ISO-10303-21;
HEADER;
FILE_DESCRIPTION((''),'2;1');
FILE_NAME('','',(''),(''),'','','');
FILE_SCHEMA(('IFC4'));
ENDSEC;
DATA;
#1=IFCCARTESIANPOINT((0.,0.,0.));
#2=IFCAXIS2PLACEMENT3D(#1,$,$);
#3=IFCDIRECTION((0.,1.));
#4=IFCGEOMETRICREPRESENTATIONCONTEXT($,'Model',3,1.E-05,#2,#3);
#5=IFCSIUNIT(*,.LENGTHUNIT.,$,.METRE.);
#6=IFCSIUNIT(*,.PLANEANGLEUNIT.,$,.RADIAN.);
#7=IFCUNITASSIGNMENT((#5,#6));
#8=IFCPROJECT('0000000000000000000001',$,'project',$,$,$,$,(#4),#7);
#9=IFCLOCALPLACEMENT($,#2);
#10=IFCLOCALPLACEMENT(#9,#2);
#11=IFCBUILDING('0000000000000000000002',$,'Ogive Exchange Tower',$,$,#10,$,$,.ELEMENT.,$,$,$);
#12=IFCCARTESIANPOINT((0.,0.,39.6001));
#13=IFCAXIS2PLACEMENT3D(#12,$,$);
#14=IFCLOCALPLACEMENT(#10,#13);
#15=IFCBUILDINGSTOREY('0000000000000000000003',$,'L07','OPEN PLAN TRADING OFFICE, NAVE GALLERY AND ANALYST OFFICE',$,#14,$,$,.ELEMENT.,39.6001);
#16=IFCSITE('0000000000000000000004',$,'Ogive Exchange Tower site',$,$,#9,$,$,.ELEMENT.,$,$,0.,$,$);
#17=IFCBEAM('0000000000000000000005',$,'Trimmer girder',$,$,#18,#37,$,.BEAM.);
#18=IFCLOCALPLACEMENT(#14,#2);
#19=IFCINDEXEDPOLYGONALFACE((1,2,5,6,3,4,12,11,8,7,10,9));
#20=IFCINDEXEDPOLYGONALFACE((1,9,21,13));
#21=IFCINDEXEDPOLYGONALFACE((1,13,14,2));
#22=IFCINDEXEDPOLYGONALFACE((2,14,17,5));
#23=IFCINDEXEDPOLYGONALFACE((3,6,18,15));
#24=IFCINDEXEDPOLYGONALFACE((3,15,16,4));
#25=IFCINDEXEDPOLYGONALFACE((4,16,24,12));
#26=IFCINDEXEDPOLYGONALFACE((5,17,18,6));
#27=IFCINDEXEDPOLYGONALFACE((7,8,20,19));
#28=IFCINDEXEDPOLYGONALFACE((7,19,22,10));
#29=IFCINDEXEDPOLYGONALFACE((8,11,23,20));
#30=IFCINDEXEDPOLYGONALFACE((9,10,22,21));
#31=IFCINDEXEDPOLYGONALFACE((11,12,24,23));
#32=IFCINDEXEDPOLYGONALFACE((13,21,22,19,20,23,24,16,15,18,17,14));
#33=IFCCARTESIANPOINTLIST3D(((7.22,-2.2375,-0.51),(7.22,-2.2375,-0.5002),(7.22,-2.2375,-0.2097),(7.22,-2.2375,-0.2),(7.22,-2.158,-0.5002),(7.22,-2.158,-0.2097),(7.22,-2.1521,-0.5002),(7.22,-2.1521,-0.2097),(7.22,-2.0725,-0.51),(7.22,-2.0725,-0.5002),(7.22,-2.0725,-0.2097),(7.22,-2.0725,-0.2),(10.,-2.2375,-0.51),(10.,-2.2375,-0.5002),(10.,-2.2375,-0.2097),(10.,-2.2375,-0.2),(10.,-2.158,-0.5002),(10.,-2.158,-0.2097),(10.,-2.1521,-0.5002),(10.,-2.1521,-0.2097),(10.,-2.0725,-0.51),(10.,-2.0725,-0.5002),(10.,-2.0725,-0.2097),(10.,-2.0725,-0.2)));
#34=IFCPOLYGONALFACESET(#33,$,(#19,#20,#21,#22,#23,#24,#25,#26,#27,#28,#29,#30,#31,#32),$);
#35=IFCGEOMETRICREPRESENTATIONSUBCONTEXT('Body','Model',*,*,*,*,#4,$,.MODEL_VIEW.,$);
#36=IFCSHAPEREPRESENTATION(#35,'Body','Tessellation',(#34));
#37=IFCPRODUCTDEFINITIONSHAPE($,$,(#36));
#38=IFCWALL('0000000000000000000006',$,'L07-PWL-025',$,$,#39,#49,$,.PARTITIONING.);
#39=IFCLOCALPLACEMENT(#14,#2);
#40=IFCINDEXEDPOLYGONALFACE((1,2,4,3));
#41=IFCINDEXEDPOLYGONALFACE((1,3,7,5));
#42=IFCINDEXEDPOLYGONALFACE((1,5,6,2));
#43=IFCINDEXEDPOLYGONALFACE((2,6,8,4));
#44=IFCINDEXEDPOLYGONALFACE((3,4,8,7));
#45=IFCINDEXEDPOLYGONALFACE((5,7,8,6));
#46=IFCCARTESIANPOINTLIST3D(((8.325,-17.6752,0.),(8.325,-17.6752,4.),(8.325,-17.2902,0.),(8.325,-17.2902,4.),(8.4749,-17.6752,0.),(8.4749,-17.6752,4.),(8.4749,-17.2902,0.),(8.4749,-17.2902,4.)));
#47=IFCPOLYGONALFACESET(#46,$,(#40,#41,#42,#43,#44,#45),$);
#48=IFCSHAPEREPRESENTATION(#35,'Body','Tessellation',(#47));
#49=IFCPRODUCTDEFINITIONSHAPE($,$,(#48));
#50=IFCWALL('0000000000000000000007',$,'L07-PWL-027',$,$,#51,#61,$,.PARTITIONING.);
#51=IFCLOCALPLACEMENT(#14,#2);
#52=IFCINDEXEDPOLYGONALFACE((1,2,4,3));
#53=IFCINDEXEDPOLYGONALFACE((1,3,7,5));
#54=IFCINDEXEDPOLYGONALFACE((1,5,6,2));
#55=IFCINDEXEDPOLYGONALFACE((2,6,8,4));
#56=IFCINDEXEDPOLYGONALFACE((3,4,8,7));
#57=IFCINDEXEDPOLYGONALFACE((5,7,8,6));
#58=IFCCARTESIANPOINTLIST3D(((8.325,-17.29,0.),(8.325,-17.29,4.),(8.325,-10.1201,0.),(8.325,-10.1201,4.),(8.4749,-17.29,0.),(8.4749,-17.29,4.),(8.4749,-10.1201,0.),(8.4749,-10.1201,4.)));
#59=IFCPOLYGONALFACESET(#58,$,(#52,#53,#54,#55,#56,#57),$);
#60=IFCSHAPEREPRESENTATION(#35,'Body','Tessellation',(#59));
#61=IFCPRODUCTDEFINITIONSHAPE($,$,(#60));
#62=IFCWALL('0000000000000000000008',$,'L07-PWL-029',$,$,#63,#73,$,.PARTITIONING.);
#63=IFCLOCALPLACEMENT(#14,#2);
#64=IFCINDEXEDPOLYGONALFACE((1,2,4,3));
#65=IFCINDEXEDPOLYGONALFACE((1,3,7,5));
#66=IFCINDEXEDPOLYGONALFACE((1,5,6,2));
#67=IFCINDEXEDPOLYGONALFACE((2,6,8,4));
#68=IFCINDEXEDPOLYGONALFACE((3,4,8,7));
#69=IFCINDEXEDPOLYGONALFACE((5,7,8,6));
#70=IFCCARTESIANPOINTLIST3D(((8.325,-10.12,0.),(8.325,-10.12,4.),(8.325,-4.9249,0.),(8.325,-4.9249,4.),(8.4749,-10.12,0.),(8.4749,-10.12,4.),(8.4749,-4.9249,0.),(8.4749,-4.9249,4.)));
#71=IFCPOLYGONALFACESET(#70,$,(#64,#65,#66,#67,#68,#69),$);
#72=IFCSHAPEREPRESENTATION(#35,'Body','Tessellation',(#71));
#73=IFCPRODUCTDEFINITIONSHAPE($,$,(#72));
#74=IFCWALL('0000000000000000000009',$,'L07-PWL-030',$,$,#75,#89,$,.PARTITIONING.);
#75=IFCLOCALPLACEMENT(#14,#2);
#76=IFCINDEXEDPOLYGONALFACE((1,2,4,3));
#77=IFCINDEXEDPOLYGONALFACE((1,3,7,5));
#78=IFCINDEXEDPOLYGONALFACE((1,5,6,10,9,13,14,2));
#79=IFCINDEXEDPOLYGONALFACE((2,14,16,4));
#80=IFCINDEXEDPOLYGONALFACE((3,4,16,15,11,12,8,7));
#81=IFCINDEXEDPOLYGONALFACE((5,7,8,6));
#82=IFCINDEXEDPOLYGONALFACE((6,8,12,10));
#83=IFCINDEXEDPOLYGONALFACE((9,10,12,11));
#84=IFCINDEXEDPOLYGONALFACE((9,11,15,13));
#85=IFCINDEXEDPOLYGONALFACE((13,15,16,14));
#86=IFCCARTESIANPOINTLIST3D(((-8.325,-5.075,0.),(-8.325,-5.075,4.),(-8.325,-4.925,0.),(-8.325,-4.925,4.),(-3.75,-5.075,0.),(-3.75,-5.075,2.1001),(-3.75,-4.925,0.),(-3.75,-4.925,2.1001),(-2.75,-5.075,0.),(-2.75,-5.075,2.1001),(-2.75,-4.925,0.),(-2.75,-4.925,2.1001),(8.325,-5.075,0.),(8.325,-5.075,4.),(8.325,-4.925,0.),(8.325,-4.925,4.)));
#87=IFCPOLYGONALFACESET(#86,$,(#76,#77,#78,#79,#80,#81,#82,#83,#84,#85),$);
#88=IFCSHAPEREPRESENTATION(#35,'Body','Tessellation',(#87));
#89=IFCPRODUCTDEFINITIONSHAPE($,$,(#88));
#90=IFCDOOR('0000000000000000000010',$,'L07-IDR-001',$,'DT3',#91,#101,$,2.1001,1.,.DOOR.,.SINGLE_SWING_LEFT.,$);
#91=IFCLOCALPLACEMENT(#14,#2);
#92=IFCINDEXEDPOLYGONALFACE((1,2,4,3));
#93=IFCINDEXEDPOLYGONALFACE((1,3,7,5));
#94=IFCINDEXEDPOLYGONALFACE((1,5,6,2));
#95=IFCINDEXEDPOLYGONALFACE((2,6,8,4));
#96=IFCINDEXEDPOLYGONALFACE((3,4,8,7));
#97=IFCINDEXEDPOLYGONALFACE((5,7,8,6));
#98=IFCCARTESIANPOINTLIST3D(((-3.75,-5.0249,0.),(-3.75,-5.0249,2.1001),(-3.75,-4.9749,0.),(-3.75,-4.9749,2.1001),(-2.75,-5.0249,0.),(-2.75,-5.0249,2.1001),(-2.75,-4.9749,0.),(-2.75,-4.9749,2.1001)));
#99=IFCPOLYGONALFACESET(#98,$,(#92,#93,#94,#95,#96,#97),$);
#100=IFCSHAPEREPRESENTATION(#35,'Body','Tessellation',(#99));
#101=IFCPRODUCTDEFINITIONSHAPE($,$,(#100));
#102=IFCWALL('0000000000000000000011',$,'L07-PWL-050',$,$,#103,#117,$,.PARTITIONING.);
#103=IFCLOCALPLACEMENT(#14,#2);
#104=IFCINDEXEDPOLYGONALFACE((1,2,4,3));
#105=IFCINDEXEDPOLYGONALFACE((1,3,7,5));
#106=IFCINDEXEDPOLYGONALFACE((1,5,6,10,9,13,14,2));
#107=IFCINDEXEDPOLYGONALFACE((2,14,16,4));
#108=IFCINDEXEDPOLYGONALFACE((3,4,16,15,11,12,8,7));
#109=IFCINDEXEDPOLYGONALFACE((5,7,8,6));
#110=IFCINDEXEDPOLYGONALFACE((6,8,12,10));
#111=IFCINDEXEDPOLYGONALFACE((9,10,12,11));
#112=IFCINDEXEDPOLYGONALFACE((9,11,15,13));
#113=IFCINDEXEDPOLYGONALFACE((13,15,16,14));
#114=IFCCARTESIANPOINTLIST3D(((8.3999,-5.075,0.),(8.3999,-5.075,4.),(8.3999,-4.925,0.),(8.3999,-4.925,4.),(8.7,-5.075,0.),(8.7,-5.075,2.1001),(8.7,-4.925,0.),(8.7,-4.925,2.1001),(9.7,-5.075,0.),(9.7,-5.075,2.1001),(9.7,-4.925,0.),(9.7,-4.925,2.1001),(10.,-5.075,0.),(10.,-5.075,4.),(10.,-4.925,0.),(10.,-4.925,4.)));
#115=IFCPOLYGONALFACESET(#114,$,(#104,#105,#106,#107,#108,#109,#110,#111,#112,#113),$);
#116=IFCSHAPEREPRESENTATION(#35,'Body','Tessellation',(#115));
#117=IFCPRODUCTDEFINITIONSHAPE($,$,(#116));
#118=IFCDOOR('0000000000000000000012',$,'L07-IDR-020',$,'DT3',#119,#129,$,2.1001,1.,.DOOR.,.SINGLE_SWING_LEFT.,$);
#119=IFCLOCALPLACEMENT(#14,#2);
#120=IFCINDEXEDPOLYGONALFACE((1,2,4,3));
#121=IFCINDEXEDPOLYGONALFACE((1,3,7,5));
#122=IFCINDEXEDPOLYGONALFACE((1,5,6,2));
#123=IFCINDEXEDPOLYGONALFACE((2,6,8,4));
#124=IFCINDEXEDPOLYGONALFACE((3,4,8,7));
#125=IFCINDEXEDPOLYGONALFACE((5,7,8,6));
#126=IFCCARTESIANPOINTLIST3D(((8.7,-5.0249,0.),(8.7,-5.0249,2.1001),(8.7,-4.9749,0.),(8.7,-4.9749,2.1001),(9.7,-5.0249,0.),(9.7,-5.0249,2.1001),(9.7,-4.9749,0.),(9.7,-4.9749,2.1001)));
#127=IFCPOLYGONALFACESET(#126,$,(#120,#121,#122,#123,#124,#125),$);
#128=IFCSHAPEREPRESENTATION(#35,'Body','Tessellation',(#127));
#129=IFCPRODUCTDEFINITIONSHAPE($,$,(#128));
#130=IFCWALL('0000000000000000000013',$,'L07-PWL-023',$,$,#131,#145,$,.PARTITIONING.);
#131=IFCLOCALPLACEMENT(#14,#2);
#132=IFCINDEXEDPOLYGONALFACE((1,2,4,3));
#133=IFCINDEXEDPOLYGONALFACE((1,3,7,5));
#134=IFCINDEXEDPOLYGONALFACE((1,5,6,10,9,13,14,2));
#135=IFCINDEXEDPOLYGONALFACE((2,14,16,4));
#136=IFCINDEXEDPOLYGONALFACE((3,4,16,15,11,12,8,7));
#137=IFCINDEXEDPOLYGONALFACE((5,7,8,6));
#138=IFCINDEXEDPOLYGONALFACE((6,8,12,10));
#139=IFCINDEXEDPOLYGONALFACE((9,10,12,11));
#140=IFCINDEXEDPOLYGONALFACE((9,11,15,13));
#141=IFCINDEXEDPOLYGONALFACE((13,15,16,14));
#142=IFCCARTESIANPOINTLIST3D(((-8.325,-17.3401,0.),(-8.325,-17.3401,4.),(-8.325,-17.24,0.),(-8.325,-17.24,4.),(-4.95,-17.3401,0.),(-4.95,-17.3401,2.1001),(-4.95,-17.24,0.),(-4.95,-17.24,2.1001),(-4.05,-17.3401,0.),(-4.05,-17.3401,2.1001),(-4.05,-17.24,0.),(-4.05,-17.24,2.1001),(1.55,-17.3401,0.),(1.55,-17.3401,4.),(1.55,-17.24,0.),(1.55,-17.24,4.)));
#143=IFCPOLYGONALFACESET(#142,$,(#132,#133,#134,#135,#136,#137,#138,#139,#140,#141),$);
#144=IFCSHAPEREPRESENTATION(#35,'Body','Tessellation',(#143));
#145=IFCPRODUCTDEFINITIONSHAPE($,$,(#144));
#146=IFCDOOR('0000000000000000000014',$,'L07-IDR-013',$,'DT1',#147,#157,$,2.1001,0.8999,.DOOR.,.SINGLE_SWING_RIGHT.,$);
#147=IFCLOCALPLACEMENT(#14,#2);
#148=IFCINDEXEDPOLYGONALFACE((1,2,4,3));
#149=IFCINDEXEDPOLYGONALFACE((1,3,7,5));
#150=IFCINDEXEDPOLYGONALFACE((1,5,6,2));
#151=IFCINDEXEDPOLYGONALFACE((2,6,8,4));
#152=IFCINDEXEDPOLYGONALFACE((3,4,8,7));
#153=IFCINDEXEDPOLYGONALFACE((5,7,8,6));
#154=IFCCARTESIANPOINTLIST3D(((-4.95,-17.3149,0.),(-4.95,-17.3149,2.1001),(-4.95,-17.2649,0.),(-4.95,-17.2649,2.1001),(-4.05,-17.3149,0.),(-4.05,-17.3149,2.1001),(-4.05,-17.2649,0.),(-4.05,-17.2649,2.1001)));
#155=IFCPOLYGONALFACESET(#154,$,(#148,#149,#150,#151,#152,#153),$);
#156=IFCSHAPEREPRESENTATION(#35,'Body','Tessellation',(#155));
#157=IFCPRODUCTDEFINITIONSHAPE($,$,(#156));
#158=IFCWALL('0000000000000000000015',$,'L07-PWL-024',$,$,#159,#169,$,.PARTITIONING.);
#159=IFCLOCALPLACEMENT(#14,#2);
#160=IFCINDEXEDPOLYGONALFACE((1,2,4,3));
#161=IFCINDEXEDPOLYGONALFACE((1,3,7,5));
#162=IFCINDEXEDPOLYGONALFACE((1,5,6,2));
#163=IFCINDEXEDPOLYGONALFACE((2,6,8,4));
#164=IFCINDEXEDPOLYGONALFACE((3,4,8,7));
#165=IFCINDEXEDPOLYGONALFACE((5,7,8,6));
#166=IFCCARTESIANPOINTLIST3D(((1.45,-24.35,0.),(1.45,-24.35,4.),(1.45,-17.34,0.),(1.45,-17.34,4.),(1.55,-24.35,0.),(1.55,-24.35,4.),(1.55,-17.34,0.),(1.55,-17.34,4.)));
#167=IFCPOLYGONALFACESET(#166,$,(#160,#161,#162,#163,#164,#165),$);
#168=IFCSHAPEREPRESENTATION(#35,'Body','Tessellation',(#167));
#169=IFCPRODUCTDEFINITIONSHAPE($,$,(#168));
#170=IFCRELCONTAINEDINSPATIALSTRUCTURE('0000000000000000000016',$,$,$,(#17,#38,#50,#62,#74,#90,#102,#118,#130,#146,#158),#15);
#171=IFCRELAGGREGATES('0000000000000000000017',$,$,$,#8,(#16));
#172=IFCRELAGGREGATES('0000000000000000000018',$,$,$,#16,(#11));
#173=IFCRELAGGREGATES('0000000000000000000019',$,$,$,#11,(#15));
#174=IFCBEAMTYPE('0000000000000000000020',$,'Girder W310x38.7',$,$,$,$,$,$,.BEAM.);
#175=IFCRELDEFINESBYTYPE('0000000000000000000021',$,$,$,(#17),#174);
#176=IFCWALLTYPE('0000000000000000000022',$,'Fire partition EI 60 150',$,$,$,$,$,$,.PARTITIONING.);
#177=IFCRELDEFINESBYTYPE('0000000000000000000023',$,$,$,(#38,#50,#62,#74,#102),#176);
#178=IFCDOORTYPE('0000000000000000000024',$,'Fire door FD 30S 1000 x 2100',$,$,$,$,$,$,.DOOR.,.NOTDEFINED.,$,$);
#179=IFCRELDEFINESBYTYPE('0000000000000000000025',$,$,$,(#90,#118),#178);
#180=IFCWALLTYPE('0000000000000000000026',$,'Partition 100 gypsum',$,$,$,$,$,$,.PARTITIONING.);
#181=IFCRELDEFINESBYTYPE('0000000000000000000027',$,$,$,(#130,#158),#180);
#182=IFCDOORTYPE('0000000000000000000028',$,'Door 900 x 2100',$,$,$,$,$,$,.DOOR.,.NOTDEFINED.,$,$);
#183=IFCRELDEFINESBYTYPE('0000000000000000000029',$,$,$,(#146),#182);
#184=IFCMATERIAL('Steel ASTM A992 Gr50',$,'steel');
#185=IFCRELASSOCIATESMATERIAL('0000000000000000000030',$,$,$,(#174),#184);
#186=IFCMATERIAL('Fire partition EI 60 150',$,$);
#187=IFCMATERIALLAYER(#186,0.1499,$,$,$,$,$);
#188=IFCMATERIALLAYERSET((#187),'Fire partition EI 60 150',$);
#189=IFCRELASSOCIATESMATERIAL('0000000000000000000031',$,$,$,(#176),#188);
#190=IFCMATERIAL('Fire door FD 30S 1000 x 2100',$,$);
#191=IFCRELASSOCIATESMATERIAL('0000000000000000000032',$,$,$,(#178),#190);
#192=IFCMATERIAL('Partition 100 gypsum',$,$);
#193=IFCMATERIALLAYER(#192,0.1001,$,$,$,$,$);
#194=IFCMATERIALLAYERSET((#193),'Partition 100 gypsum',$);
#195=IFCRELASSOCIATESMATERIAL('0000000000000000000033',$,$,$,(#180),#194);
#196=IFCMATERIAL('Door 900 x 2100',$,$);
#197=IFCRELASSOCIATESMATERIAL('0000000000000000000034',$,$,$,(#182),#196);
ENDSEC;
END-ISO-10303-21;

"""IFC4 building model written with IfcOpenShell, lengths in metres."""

from ifc_helpers import new_model, si_unit, direction, frame, frame_2d, origin, origin_2d, place, context, subcontext, project, spatial, rectangle, i_section, extrude, material, layer, layer_set, material_profile, profile_set, type_object, element, fill, save


model = new_model("IFC4")

# Units and contexts
model_context = context("Model", 3, precision=1e-05, world=origin(), true_north=direction((0.0, 1.0)))
body_context = subcontext(model_context, "Body", "Model", "MODEL_VIEW")
ifc_project = project(units=[si_unit("LENGTHUNIT", "METRE"), si_unit("PLANEANGLEUNIT", "RADIAN")], contexts=[model_context])

# Site, building, storey
site_placement = place(None, origin())
site = spatial("IfcSite", under=ifc_project, at=site_placement, Name="Ogive Exchange Tower site", CompositionType="ELEMENT", RefElevation=0.0)
building_placement = place(site_placement, origin())
building = spatial("IfcBuilding", under=site, at=building_placement, Name="Ogive Exchange Tower", CompositionType="ELEMENT")
storey_placement = place(building_placement, frame((0.0, 0.0, 39.6001)))
storey = spatial("IfcBuildingStorey", under=building, at=storey_placement, Name="L07", Description="OPEN PLAN TRADING OFFICE, NAVE GALLERY AND ANALYST OFFICE", CompositionType="ELEMENT", Elevation=39.6001)

# Beam
ifc_material_1 = material(Name="Steel ASTM A992 Gr50", Category="steel")
ifc_material_profile = material_profile(ifc_material_1, i_section(OverallWidth=0.165, OverallDepth=0.3101, WebThickness=0.0059, FlangeThickness=0.0098, at=origin_2d()), Name="W310x38.7")
ifc_profile_set = profile_set([ifc_material_profile], Name="Steel ASTM A992 Gr50")
beam_type = type_object("IfcBeamType", Name="Girder W310x38.7", PredefinedType="BEAM", material=ifc_profile_set)
beam_placement = place(storey_placement, frame((7.22, -2.155, -0.355), z_axis=(1.0, 0.0, 0.0), x_axis=(0.0, 1.0, 0.0)))
element("IfcBeam", 1, at=beam_placement, inside=storey, type_object=beam_type, Name="Trimmer girder", PredefinedType="BEAM", context=body_context, shape_type="SweptSolid", body=[
    extrude(i_section(OverallWidth=0.165, OverallDepth=0.3101, WebThickness=0.0059, FlangeThickness=0.0098, at=origin_2d()), origin(), (0.0, 0.0, 1.0), 2.78),
])

# Walls
ifc_material_2 = material(Name="Fire partition EI 60 150")
ifc_layer_1 = layer(ifc_material_2, 0.1499)
ifc_layer_set_1 = layer_set([ifc_layer_1], Name="Fire partition EI 60 150")
wall_type_1 = type_object("IfcWallType", Name="Fire partition EI 60 150", PredefinedType="PARTITIONING", material=ifc_layer_set_1)
wall_1_placement = place(storey_placement, frame((8.3999, -17.675, 0.0), z_axis=(0.0, 0.0, 1.0), x_axis=(0.0, 1.0, 0.0)))
element("IfcWall", 2, at=wall_1_placement, inside=storey, type_object=wall_type_1, Name="L07-PWL-025", PredefinedType="PARTITIONING", context=body_context, shape_type="SweptSolid", body=[
    extrude(rectangle(XDim=0.385, YDim=0.1499, at=frame_2d((0.1924, 0.0))), origin(), (0.0, 0.0, 1.0), 4.0),
])
wall_2_placement = place(storey_placement, frame((8.3999, -17.29, 0.0), z_axis=(0.0, 0.0, 1.0), x_axis=(0.0, 1.0, 0.0)))
element("IfcWall", 3, at=wall_2_placement, inside=storey, type_object=wall_type_1, Name="L07-PWL-027", PredefinedType="PARTITIONING", context=body_context, shape_type="SweptSolid", body=[
    extrude(rectangle(XDim=7.1699, YDim=0.1499, at=frame_2d((3.585, 0.0))), origin(), (0.0, 0.0, 1.0), 4.0),
])
wall_3_placement = place(storey_placement, frame((8.3999, -10.1201, 0.0), z_axis=(0.0, 0.0, 1.0), x_axis=(0.0, 1.0, 0.0)))
element("IfcWall", 4, at=wall_3_placement, inside=storey, type_object=wall_type_1, Name="L07-PWL-029", PredefinedType="PARTITIONING", context=body_context, shape_type="SweptSolid", body=[
    extrude(rectangle(XDim=5.1951, YDim=0.1499, at=frame_2d((2.5977, 0.0))), origin(), (0.0, 0.0, 1.0), 4.0),
])

# Walls, openings, doors
wall_4_placement = place(storey_placement, frame((8.325, -5.0, 0.0), z_axis=(0.0, 0.0, 1.0), x_axis=(-1.0, 0.0, 0.0)))
wall_4 = element("IfcWall", 5, at=wall_4_placement, inside=storey, type_object=wall_type_1, Name="L07-PWL-030", PredefinedType="PARTITIONING", context=body_context, shape_type="SweptSolid", body=[
    extrude(rectangle(XDim=16.6499, YDim=0.1499, at=frame_2d((8.325, 0.0))), origin(), (0.0, 0.0, 1.0), 4.0),
])
opening_1_placement = place(wall_4_placement, frame((11.075, 0.0, 0.0)))
opening_1 = element("IfcOpeningElement", 6, at=opening_1_placement, cuts=wall_4, PredefinedType="OPENING", context=body_context, shape_type="SweptSolid", body=[
    extrude(rectangle(XDim=1.0, YDim=2.1001, at=frame_2d((0.5, 1.05))), frame((0.0, 0.085, 0.0), z_axis=(0.0, -1.0, 0.0), x_axis=(1.0, 0.0, 0.0)), (0.0, 0.0, 1.0), 0.1699),
])
ifc_material_3 = material(Name="Fire door FD 30S 1000 x 2100")
door_type_1 = type_object("IfcDoorType", Name="Fire door FD 30S 1000 x 2100", OperationType="NOTDEFINED", PredefinedType="DOOR", material=ifc_material_3)
door_1_placement = place(opening_1_placement, origin())
door_1 = element("IfcDoor", 7, at=door_1_placement, inside=storey, type_object=door_type_1, Name="L07-IDR-001", ObjectType="DT3", OperationType="SINGLE_SWING_LEFT", OverallHeight=2.1001, OverallWidth=1.0, PredefinedType="DOOR", context=body_context, shape_type="SweptSolid", body=[
    extrude(rectangle(XDim=1.0, YDim=2.1001, at=frame_2d((0.5, 1.05))), frame((0.0, 0.0249, 0.0), z_axis=(0.0, -1.0, 0.0), x_axis=(1.0, 0.0, 0.0)), (0.0, 0.0, 1.0), 0.05),
])
fill(opening_1, door_1)
wall_5_placement = place(storey_placement, frame((10.0, -5.0, 0.0), z_axis=(0.0, 0.0, 1.0), x_axis=(-1.0, 0.0, 0.0)))
wall_5 = element("IfcWall", 8, at=wall_5_placement, inside=storey, type_object=wall_type_1, Name="L07-PWL-050", PredefinedType="PARTITIONING", context=body_context, shape_type="SweptSolid", body=[
    extrude(rectangle(XDim=1.6001, YDim=0.1499, at=frame_2d((0.8, 0.0))), origin(), (0.0, 0.0, 1.0), 4.0),
])
opening_2_placement = place(wall_5_placement, frame((0.3, 0.0, 0.0)))
opening_2 = element("IfcOpeningElement", 9, at=opening_2_placement, cuts=wall_5, PredefinedType="OPENING", context=body_context, shape_type="SweptSolid", body=[
    extrude(rectangle(XDim=1.0, YDim=2.1001, at=frame_2d((0.5, 1.05))), frame((0.0, 0.085, 0.0), z_axis=(0.0, -1.0, 0.0), x_axis=(1.0, 0.0, 0.0)), (0.0, 0.0, 1.0), 0.1699),
])
door_2_placement = place(opening_2_placement, origin())
door_2 = element("IfcDoor", 10, at=door_2_placement, inside=storey, type_object=door_type_1, Name="L07-IDR-020", ObjectType="DT3", OperationType="SINGLE_SWING_LEFT", OverallHeight=2.1001, OverallWidth=1.0, PredefinedType="DOOR", context=body_context, shape_type="SweptSolid", body=[
    extrude(rectangle(XDim=1.0, YDim=2.1001, at=frame_2d((0.5, 1.05))), frame((0.0, 0.0249, 0.0), z_axis=(0.0, -1.0, 0.0), x_axis=(1.0, 0.0, 0.0)), (0.0, 0.0, 1.0), 0.05),
])
fill(opening_2, door_2)
ifc_material_4 = material(Name="Partition 100 gypsum")
ifc_layer_2 = layer(ifc_material_4, 0.1001)
ifc_layer_set_2 = layer_set([ifc_layer_2], Name="Partition 100 gypsum")
wall_type_2 = type_object("IfcWallType", Name="Partition 100 gypsum", PredefinedType="PARTITIONING", material=ifc_layer_set_2)
wall_6_placement = place(storey_placement, frame((1.55, -17.29, 0.0), z_axis=(0.0, 0.0, 1.0), x_axis=(-1.0, 0.0, 0.0)))
wall_6 = element("IfcWall", 11, at=wall_6_placement, inside=storey, type_object=wall_type_2, Name="L07-PWL-023", PredefinedType="PARTITIONING", context=body_context, shape_type="SweptSolid", body=[
    extrude(rectangle(XDim=9.875, YDim=0.1001, at=frame_2d((4.9375, 0.0))), origin(), (0.0, 0.0, 1.0), 4.0),
])
opening_3_placement = place(wall_6_placement, frame((5.6001, 0.0, 0.0)))
opening_3 = element("IfcOpeningElement", 12, at=opening_3_placement, cuts=wall_6, PredefinedType="OPENING", context=body_context, shape_type="SweptSolid", body=[
    extrude(rectangle(XDim=0.8999, YDim=2.1001, at=frame_2d((0.45, 1.05))), frame((0.0, 0.0601, 0.0), z_axis=(0.0, -1.0, 0.0), x_axis=(1.0, 0.0, 0.0)), (0.0, 0.0, 1.0), 0.1201),
])
ifc_material_5 = material(Name="Door 900 x 2100")
door_type_2 = type_object("IfcDoorType", Name="Door 900 x 2100", OperationType="NOTDEFINED", PredefinedType="DOOR", material=ifc_material_5)
door_3_placement = place(opening_3_placement, origin())
door_3 = element("IfcDoor", 13, at=door_3_placement, inside=storey, type_object=door_type_2, Name="L07-IDR-013", ObjectType="DT1", OperationType="SINGLE_SWING_RIGHT", OverallHeight=2.1001, OverallWidth=0.8999, PredefinedType="DOOR", context=body_context, shape_type="SweptSolid", body=[
    extrude(rectangle(XDim=0.8999, YDim=2.1001, at=frame_2d((0.45, 1.05))), frame((0.0, 0.0249, 0.0), z_axis=(0.0, -1.0, 0.0), x_axis=(1.0, 0.0, 0.0)), (0.0, 0.0, 1.0), 0.05),
])
fill(opening_3, door_3)

# Wall
wall_7_placement = place(storey_placement, frame((1.5, -17.3401, 0.0), z_axis=(0.0, 0.0, 1.0), x_axis=(0.0, -1.0, 0.0)))
element("IfcWall", 14, at=wall_7_placement, inside=storey, type_object=wall_type_2, Name="L07-PWL-024", PredefinedType="PARTITIONING", context=body_context, shape_type="SweptSolid", body=[
    extrude(rectangle(XDim=7.01, YDim=0.1001, at=frame_2d((3.5049, 0.0))), origin(), (0.0, 0.0, 1.0), 4.0),
])

save(model, "model.ifc")
